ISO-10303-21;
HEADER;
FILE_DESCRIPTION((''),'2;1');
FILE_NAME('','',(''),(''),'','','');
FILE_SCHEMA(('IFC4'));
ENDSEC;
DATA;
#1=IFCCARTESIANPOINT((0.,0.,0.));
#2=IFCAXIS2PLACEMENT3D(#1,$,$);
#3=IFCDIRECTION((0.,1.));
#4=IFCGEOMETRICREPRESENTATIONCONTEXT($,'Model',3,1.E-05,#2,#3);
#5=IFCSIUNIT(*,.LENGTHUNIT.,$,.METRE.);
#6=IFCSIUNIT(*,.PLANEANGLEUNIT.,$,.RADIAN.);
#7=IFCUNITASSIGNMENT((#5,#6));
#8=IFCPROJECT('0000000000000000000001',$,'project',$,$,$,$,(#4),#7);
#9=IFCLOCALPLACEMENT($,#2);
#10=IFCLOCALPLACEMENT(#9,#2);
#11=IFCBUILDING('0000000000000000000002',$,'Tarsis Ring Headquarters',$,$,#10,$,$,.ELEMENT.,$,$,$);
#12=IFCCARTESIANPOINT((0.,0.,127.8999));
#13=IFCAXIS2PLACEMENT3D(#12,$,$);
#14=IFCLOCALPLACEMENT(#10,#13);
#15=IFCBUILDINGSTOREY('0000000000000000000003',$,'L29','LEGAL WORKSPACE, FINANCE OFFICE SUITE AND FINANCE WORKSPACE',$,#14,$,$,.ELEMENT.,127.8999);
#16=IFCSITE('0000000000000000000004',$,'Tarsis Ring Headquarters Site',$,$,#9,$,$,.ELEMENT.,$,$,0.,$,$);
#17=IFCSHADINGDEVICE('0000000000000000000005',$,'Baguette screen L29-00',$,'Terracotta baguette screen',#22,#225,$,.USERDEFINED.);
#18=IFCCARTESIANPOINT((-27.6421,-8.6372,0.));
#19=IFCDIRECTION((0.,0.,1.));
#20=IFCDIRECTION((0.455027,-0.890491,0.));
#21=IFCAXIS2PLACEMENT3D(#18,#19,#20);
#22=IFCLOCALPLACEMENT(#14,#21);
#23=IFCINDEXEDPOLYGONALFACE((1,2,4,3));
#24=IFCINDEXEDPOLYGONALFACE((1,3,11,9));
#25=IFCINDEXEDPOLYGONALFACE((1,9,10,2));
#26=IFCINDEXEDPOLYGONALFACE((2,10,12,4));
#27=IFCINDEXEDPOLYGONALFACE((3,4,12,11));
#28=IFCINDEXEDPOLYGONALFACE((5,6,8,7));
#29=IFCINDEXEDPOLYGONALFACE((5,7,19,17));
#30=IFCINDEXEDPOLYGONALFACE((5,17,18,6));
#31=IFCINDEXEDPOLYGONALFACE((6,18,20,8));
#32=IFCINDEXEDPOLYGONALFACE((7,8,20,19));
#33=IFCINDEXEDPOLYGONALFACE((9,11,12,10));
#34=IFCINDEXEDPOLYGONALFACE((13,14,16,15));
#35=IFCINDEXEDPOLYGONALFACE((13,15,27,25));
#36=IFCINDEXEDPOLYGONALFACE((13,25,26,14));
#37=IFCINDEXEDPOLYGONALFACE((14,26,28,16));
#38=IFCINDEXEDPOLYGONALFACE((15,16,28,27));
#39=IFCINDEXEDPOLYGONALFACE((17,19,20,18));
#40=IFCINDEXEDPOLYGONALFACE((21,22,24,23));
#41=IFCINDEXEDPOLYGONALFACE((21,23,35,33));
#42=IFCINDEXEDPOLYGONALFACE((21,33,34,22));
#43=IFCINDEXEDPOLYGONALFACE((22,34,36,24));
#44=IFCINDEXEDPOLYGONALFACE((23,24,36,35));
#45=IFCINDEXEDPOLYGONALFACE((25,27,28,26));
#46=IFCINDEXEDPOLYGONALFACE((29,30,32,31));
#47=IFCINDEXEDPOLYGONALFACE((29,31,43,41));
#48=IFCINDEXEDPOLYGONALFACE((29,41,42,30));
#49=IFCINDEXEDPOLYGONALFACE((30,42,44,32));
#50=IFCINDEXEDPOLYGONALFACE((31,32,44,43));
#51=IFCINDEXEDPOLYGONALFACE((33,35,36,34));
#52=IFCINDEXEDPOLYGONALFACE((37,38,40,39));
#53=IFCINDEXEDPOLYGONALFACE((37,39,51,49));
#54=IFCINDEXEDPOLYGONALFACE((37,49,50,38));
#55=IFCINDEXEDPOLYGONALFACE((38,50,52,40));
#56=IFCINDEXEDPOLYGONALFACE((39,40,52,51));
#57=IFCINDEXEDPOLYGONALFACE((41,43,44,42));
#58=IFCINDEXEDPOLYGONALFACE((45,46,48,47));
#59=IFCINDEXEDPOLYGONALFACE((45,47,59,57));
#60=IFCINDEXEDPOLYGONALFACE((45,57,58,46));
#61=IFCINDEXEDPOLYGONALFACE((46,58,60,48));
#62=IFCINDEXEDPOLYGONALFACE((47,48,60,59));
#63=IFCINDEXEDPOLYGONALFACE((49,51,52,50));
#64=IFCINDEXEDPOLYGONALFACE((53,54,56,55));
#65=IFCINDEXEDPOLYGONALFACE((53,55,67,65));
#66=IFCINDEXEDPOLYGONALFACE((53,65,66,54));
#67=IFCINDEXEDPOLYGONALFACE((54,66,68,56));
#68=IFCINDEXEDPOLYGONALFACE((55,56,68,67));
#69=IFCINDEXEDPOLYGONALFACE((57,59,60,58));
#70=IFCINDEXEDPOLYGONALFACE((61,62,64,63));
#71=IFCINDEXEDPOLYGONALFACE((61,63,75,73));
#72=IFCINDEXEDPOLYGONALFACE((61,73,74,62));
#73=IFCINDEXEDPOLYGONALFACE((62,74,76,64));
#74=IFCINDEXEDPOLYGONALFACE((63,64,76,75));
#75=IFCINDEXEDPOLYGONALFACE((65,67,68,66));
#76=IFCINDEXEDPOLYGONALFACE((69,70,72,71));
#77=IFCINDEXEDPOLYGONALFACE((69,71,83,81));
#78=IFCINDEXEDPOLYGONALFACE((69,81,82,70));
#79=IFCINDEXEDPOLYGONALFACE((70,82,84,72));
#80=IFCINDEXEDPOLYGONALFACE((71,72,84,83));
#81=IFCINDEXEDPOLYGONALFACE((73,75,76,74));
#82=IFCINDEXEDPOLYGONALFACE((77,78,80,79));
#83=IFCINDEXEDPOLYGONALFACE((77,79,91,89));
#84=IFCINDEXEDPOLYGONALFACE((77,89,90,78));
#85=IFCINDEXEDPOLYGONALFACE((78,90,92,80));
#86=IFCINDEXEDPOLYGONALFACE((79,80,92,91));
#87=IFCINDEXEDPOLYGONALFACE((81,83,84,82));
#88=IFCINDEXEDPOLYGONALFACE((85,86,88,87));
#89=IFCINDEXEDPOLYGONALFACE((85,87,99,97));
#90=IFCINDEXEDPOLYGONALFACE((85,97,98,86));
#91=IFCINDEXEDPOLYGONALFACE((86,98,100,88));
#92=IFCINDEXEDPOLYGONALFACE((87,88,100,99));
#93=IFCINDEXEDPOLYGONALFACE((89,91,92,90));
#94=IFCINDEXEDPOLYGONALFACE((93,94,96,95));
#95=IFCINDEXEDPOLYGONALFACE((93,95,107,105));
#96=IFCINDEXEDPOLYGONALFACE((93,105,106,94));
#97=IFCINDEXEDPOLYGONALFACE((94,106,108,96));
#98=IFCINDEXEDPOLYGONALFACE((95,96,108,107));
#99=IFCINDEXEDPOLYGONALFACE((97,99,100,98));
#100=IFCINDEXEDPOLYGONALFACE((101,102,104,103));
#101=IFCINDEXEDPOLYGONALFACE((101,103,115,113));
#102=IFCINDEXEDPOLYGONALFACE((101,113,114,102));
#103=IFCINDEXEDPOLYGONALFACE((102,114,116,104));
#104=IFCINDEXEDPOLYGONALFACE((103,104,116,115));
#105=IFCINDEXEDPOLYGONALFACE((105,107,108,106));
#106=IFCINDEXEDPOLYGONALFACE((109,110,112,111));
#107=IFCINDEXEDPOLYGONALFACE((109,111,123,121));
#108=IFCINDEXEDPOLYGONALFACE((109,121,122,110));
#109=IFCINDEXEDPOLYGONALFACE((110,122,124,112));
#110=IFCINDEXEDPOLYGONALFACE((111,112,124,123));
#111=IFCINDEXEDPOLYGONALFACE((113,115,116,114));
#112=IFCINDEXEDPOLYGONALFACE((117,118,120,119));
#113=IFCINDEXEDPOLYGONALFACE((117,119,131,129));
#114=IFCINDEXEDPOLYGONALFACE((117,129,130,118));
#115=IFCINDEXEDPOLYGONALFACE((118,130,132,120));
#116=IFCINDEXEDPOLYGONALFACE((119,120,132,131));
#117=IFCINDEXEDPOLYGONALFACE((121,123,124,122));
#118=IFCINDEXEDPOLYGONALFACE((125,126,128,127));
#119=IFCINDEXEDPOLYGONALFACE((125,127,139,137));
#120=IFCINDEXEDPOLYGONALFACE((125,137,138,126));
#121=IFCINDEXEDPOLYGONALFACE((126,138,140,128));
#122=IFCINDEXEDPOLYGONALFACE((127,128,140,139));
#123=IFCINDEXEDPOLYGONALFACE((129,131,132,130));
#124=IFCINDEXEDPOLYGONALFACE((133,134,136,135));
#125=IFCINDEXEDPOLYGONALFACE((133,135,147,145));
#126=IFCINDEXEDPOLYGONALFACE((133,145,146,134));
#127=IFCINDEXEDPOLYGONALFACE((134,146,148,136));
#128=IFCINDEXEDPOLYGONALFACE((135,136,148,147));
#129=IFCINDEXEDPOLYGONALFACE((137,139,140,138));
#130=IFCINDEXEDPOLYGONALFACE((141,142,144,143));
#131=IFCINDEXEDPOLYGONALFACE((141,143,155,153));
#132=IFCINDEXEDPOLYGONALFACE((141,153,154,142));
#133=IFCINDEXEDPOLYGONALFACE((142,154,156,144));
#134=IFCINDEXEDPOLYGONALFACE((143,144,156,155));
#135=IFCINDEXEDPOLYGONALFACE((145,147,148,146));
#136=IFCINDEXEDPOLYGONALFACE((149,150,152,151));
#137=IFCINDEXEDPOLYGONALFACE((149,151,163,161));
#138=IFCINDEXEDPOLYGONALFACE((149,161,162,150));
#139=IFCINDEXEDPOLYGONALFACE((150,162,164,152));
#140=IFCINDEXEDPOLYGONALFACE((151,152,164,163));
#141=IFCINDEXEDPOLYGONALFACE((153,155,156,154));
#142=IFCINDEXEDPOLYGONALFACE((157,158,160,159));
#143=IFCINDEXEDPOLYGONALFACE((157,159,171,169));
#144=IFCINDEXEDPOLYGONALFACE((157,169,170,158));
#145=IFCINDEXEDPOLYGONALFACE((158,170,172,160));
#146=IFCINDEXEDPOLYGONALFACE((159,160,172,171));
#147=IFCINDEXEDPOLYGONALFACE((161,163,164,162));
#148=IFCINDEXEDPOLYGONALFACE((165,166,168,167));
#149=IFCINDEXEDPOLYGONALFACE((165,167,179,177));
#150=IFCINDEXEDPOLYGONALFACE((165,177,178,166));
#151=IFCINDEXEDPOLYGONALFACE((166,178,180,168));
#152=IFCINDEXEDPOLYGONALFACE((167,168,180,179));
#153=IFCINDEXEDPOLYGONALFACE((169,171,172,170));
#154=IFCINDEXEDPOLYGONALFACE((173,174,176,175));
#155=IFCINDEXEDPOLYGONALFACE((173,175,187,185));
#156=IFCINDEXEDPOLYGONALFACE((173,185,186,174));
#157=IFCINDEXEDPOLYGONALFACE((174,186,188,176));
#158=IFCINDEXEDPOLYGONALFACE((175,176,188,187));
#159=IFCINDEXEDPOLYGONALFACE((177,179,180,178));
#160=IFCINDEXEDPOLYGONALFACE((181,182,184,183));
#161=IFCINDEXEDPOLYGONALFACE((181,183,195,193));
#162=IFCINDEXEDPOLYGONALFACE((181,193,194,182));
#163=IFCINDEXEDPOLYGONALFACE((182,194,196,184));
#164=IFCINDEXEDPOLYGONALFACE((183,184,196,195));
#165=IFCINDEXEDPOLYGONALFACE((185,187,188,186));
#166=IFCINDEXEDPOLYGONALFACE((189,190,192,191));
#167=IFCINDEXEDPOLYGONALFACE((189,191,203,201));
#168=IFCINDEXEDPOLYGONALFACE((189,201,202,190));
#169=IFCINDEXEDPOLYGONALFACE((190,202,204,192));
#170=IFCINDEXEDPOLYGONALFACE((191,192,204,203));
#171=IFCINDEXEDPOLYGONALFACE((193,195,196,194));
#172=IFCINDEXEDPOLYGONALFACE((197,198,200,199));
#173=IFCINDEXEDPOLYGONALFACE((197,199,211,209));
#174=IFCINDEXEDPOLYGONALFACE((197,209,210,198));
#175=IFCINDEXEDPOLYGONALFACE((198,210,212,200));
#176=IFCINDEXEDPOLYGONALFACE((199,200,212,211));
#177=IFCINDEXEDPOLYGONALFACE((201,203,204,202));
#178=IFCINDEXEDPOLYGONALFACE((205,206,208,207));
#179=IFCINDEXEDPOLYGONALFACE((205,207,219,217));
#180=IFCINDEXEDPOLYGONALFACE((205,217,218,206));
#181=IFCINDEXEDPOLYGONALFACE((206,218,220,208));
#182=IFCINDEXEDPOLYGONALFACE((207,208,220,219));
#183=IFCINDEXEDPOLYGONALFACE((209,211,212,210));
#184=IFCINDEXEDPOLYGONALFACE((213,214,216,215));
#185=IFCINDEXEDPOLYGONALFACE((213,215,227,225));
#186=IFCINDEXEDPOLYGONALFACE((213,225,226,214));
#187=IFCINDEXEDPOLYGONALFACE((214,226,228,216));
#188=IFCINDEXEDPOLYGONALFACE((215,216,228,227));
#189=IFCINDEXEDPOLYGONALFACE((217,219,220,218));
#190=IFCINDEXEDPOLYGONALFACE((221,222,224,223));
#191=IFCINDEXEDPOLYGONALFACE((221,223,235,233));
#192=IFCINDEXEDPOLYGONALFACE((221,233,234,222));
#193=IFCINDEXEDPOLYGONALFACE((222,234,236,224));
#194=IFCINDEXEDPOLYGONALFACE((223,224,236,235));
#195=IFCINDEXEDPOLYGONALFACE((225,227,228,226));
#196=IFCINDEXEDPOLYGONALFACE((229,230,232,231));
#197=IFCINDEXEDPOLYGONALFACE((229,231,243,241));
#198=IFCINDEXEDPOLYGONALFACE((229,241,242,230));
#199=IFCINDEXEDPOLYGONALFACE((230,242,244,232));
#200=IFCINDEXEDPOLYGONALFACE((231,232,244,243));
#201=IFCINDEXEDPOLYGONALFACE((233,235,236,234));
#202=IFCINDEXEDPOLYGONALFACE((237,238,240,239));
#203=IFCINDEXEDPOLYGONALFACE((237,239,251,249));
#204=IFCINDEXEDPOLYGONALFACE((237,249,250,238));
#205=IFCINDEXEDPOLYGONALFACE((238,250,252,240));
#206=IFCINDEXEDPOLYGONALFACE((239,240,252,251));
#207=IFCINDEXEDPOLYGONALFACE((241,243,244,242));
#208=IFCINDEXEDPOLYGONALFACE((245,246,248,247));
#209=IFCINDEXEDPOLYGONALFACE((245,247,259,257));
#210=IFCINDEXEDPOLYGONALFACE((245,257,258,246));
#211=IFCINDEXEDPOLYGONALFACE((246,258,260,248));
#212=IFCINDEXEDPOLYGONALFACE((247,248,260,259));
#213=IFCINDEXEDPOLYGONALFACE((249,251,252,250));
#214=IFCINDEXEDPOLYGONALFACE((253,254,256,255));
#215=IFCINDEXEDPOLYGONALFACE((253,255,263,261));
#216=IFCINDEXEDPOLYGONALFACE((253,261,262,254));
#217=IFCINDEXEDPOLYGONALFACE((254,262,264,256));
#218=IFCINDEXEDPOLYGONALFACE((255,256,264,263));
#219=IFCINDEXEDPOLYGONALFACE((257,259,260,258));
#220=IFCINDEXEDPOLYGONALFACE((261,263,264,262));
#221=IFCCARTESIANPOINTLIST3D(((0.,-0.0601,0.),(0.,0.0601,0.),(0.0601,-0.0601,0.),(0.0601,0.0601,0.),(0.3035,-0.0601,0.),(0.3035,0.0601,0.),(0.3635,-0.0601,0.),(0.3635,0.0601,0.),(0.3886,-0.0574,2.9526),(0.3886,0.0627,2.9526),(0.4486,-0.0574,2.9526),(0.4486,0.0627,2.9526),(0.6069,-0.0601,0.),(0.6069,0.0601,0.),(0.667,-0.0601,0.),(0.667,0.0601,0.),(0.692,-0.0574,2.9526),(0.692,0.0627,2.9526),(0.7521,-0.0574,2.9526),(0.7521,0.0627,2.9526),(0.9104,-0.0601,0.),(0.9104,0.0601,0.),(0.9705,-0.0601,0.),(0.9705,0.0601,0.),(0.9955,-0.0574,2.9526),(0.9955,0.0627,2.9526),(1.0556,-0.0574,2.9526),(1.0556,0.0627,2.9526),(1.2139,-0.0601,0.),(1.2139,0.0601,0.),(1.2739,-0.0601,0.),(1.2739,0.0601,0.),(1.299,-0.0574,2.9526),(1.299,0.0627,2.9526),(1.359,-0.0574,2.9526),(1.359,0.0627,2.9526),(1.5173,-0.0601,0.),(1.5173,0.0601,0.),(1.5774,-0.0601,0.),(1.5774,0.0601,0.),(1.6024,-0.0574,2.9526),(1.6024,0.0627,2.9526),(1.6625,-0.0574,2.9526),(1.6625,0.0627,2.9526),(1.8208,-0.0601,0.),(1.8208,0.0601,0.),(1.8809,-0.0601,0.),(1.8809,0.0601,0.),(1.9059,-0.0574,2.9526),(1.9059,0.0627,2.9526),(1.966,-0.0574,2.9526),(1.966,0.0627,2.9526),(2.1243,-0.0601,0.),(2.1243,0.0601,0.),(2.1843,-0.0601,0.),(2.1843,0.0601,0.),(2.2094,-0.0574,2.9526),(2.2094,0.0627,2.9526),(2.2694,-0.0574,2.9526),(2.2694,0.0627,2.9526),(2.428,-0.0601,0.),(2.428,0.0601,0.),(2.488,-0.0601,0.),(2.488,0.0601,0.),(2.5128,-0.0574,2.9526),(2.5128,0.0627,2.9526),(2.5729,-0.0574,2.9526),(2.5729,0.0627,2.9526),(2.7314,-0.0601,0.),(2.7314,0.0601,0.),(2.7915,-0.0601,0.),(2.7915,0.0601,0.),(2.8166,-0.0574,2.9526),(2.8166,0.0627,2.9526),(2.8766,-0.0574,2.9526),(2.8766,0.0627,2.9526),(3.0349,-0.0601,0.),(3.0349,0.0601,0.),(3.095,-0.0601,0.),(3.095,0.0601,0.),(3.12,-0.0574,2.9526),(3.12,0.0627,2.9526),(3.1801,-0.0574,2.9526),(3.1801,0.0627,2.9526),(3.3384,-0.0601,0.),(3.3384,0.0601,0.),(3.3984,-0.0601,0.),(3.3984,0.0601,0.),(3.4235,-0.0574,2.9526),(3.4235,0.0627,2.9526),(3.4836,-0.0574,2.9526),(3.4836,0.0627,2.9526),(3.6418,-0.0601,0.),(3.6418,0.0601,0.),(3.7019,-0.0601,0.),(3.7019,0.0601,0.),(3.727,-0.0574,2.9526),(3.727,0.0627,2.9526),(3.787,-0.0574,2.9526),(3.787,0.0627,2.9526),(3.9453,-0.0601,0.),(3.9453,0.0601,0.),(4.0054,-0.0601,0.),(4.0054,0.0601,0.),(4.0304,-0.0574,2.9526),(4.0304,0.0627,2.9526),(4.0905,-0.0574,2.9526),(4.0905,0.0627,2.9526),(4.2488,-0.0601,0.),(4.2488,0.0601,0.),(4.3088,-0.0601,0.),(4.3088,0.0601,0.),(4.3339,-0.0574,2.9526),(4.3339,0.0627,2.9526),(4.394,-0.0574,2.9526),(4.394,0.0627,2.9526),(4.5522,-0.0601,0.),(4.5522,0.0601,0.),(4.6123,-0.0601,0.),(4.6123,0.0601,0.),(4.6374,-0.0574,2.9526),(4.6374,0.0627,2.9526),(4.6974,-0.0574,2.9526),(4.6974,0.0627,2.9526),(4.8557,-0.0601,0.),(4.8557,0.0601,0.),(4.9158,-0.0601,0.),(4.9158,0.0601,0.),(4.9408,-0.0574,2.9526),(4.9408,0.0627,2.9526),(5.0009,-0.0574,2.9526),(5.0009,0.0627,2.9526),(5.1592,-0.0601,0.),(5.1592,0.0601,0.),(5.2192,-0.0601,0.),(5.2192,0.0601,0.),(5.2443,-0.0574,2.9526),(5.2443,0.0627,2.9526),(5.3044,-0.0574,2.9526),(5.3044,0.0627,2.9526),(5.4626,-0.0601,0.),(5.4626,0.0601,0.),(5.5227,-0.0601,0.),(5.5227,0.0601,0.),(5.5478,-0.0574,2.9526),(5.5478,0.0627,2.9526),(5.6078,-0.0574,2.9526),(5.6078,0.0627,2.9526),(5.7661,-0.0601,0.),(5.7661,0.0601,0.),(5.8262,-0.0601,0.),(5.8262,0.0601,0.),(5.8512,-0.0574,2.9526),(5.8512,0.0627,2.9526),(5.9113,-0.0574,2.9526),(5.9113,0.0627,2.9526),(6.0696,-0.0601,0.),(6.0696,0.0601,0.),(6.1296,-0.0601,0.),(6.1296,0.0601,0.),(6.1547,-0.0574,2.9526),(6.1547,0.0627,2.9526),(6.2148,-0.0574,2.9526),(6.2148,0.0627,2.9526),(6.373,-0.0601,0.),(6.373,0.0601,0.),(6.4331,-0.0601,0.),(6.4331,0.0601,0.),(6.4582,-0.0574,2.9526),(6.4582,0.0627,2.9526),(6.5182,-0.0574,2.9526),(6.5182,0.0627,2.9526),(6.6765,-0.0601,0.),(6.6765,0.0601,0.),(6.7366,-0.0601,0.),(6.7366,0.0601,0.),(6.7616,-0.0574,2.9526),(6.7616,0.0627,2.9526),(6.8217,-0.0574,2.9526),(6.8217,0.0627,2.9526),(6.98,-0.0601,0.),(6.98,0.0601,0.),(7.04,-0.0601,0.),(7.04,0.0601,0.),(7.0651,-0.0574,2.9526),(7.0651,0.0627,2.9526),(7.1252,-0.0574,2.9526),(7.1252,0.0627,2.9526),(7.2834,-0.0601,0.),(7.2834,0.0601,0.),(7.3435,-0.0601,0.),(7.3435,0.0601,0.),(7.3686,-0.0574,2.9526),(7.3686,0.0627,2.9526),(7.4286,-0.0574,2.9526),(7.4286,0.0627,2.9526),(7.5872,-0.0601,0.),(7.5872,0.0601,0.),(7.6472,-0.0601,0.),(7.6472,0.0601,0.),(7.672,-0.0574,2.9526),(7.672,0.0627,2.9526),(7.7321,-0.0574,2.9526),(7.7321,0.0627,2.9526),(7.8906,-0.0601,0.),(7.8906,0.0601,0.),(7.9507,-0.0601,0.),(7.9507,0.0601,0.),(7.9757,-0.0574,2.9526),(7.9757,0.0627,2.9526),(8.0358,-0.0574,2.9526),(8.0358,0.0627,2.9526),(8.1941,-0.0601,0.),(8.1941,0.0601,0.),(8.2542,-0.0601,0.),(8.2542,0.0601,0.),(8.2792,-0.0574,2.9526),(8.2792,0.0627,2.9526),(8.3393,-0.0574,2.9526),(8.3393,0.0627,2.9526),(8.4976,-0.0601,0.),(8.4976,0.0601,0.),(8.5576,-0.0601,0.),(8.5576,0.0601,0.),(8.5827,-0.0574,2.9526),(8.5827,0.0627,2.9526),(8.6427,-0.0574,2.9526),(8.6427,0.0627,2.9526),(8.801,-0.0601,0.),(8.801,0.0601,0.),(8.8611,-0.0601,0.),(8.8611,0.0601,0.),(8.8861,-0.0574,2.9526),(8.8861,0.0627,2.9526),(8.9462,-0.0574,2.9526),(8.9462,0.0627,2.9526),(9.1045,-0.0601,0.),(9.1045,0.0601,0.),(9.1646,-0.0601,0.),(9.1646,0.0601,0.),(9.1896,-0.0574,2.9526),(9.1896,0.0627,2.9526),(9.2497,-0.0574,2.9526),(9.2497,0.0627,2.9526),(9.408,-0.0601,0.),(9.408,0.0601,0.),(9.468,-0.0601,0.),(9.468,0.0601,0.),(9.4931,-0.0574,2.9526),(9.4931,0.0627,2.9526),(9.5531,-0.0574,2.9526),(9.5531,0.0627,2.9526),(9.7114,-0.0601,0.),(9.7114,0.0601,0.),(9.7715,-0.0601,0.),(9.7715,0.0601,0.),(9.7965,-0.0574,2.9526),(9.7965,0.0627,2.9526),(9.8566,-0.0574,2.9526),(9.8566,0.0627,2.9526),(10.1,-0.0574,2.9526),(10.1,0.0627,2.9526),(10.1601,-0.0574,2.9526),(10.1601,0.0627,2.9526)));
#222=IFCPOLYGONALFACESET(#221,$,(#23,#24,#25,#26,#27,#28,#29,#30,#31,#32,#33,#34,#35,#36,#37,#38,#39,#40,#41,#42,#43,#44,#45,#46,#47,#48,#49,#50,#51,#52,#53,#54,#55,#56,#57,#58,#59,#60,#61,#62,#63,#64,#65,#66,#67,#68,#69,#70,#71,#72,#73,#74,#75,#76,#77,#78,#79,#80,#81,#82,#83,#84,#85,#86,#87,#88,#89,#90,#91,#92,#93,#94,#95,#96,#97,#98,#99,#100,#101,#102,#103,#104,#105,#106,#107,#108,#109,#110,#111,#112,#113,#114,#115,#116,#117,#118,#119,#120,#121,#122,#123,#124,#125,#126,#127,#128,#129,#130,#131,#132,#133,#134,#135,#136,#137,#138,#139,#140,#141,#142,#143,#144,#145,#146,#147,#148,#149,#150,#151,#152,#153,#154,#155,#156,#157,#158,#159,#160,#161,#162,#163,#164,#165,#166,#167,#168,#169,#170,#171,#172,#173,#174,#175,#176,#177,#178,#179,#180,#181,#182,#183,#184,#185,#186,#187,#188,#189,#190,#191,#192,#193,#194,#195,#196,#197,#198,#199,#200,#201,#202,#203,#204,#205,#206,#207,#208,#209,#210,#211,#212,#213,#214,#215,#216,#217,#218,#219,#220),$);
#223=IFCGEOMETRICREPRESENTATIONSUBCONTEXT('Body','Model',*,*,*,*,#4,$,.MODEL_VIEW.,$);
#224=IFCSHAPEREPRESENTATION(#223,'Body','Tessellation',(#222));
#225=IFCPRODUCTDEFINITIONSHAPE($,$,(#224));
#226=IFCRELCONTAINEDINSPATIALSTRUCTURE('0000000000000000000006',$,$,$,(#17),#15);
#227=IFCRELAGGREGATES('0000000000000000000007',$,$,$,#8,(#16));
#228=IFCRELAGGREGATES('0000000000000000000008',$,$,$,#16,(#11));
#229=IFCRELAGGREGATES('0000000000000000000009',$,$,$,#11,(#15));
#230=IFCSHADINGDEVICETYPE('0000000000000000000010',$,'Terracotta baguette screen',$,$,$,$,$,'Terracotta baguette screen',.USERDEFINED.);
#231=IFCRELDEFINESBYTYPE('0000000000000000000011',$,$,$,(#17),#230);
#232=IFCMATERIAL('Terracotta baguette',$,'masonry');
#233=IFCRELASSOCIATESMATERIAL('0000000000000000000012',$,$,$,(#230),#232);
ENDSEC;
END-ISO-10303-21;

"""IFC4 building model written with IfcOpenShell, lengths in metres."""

from ifc_helpers import new_model, si_unit, direction, frame, frame_2d, origin, place, context, subcontext, project, spatial, rectangle, composite_profile, extrude, material, type_object, element, save


model = new_model("IFC4")

# Units and contexts
model_context = context("Model", 3, precision=1e-05, world=origin(), true_north=direction((0.0, 1.0)))
body_context = subcontext(model_context, "Body", "Model", "MODEL_VIEW")
ifc_project = project(units=[si_unit("LENGTHUNIT", "METRE"), si_unit("PLANEANGLEUNIT", "RADIAN")], contexts=[model_context])

# Site, building, storey
site_placement = place(None, origin())
site = spatial("IfcSite", under=ifc_project, at=site_placement, Name="Tarsis Ring Headquarters Site", CompositionType="ELEMENT", RefElevation=0.0)
building_placement = place(site_placement, origin())
building = spatial("IfcBuilding", under=site, at=building_placement, Name="Tarsis Ring Headquarters", CompositionType="ELEMENT")
storey_placement = place(building_placement, frame((0.0, 0.0, 127.8999)))
storey = spatial("IfcBuildingStorey", under=building, at=storey_placement, Name="L29", Description="LEGAL WORKSPACE, FINANCE OFFICE SUITE AND FINANCE WORKSPACE", CompositionType="ELEMENT", Elevation=127.8999)

# Shading device
ifc_material_1 = material(Name="Terracotta baguette", Category="masonry")
shading_device_type = type_object("IfcShadingDeviceType", Name="Terracotta baguette screen", ElementType="Terracotta baguette screen", PredefinedType="USERDEFINED", material=ifc_material_1)
shading_device_placement = place(storey_placement, frame((-27.6421, -8.6372, 0.0), z_axis=(0.0, 0.0, 1.0), x_axis=(0.455027, -0.890491, 0.0)))
element("IfcShadingDevice", 1, at=shading_device_placement, inside=storey, type_object=shading_device_type, Name="Baguette screen L29-00", ObjectType="Terracotta baguette screen", PredefinedType="USERDEFINED", context=body_context, shape_type="SweptSolid", body=[
    extrude(composite_profile([rectangle(XDim=0.0601, YDim=0.1201, at=frame_2d((0.03, 0.0))), rectangle(XDim=0.0601, YDim=0.1201, at=frame_2d((0.3335, 0.0))), rectangle(XDim=0.0601, YDim=0.1201, at=frame_2d((0.637, 0.0))), rectangle(XDim=0.0601, YDim=0.1201, at=frame_2d((0.9404, 0.0))), rectangle(XDim=0.0601, YDim=0.1201, at=frame_2d((1.2439, 0.0))), rectangle(XDim=0.0601, YDim=0.1201, at=frame_2d((1.5474, 0.0))), rectangle(XDim=0.0601, YDim=0.1201, at=frame_2d((1.8508, 0.0))), rectangle(XDim=0.0601, YDim=0.1201, at=frame_2d((2.1543, 0.0))), rectangle(XDim=0.0601, YDim=0.1201, at=frame_2d((2.458, 0.0))), rectangle(XDim=0.0601, YDim=0.1201, at=frame_2d((2.7615, 0.0))), rectangle(XDim=0.0601, YDim=0.1201, at=frame_2d((3.0649, 0.0))), rectangle(XDim=0.0601, YDim=0.1201, at=frame_2d((3.3684, 0.0))), rectangle(XDim=0.0601, YDim=0.1201, at=frame_2d((3.6719, 0.0))), rectangle(XDim=0.0601, YDim=0.1201, at=frame_2d((3.9753, 0.0))), rectangle(XDim=0.0601, YDim=0.1201, at=frame_2d((4.2788, 0.0))), rectangle(XDim=0.0601, YDim=0.1201, at=frame_2d((4.5823, 0.0))), rectangle(XDim=0.0601, YDim=0.1201, at=frame_2d((4.8857, 0.0))), rectangle(XDim=0.0601, YDim=0.1201, at=frame_2d((5.1892, 0.0))), rectangle(XDim=0.0601, YDim=0.1201, at=frame_2d((5.4927, 0.0))), rectangle(XDim=0.0601, YDim=0.1201, at=frame_2d((5.7961, 0.0))), rectangle(XDim=0.0601, YDim=0.1201, at=frame_2d((6.0996, 0.0))), rectangle(XDim=0.0601, YDim=0.1201, at=frame_2d((6.4031, 0.0))), rectangle(XDim=0.0601, YDim=0.1201, at=frame_2d((6.7065, 0.0))), rectangle(XDim=0.0601, YDim=0.1201, at=frame_2d((7.01, 0.0))), rectangle(XDim=0.0601, YDim=0.1201, at=frame_2d((7.3135, 0.0))), rectangle(XDim=0.0601, YDim=0.1201, at=frame_2d((7.6172, 0.0))), rectangle(XDim=0.0601, YDim=0.1201, at=frame_2d((7.9207, 0.0))), rectangle(XDim=0.0601, YDim=0.1201, at=frame_2d((8.2241, 0.0))), rectangle(XDim=0.0601, YDim=0.1201, at=frame_2d((8.5276, 0.0))), rectangle(XDim=0.0601, YDim=0.1201, at=frame_2d((8.8311, 0.0))), rectangle(XDim=0.0601, YDim=0.1201, at=frame_2d((9.1345, 0.0))), rectangle(XDim=0.0601, YDim=0.1201, at=frame_2d((9.438, 0.0))), rectangle(XDim=0.0601, YDim=0.1201, at=frame_2d((9.7415, 0.0)))]), origin(), (0.130483, 0.000885, 0.99145), 2.978),
])

save(model, "model.ifc")
